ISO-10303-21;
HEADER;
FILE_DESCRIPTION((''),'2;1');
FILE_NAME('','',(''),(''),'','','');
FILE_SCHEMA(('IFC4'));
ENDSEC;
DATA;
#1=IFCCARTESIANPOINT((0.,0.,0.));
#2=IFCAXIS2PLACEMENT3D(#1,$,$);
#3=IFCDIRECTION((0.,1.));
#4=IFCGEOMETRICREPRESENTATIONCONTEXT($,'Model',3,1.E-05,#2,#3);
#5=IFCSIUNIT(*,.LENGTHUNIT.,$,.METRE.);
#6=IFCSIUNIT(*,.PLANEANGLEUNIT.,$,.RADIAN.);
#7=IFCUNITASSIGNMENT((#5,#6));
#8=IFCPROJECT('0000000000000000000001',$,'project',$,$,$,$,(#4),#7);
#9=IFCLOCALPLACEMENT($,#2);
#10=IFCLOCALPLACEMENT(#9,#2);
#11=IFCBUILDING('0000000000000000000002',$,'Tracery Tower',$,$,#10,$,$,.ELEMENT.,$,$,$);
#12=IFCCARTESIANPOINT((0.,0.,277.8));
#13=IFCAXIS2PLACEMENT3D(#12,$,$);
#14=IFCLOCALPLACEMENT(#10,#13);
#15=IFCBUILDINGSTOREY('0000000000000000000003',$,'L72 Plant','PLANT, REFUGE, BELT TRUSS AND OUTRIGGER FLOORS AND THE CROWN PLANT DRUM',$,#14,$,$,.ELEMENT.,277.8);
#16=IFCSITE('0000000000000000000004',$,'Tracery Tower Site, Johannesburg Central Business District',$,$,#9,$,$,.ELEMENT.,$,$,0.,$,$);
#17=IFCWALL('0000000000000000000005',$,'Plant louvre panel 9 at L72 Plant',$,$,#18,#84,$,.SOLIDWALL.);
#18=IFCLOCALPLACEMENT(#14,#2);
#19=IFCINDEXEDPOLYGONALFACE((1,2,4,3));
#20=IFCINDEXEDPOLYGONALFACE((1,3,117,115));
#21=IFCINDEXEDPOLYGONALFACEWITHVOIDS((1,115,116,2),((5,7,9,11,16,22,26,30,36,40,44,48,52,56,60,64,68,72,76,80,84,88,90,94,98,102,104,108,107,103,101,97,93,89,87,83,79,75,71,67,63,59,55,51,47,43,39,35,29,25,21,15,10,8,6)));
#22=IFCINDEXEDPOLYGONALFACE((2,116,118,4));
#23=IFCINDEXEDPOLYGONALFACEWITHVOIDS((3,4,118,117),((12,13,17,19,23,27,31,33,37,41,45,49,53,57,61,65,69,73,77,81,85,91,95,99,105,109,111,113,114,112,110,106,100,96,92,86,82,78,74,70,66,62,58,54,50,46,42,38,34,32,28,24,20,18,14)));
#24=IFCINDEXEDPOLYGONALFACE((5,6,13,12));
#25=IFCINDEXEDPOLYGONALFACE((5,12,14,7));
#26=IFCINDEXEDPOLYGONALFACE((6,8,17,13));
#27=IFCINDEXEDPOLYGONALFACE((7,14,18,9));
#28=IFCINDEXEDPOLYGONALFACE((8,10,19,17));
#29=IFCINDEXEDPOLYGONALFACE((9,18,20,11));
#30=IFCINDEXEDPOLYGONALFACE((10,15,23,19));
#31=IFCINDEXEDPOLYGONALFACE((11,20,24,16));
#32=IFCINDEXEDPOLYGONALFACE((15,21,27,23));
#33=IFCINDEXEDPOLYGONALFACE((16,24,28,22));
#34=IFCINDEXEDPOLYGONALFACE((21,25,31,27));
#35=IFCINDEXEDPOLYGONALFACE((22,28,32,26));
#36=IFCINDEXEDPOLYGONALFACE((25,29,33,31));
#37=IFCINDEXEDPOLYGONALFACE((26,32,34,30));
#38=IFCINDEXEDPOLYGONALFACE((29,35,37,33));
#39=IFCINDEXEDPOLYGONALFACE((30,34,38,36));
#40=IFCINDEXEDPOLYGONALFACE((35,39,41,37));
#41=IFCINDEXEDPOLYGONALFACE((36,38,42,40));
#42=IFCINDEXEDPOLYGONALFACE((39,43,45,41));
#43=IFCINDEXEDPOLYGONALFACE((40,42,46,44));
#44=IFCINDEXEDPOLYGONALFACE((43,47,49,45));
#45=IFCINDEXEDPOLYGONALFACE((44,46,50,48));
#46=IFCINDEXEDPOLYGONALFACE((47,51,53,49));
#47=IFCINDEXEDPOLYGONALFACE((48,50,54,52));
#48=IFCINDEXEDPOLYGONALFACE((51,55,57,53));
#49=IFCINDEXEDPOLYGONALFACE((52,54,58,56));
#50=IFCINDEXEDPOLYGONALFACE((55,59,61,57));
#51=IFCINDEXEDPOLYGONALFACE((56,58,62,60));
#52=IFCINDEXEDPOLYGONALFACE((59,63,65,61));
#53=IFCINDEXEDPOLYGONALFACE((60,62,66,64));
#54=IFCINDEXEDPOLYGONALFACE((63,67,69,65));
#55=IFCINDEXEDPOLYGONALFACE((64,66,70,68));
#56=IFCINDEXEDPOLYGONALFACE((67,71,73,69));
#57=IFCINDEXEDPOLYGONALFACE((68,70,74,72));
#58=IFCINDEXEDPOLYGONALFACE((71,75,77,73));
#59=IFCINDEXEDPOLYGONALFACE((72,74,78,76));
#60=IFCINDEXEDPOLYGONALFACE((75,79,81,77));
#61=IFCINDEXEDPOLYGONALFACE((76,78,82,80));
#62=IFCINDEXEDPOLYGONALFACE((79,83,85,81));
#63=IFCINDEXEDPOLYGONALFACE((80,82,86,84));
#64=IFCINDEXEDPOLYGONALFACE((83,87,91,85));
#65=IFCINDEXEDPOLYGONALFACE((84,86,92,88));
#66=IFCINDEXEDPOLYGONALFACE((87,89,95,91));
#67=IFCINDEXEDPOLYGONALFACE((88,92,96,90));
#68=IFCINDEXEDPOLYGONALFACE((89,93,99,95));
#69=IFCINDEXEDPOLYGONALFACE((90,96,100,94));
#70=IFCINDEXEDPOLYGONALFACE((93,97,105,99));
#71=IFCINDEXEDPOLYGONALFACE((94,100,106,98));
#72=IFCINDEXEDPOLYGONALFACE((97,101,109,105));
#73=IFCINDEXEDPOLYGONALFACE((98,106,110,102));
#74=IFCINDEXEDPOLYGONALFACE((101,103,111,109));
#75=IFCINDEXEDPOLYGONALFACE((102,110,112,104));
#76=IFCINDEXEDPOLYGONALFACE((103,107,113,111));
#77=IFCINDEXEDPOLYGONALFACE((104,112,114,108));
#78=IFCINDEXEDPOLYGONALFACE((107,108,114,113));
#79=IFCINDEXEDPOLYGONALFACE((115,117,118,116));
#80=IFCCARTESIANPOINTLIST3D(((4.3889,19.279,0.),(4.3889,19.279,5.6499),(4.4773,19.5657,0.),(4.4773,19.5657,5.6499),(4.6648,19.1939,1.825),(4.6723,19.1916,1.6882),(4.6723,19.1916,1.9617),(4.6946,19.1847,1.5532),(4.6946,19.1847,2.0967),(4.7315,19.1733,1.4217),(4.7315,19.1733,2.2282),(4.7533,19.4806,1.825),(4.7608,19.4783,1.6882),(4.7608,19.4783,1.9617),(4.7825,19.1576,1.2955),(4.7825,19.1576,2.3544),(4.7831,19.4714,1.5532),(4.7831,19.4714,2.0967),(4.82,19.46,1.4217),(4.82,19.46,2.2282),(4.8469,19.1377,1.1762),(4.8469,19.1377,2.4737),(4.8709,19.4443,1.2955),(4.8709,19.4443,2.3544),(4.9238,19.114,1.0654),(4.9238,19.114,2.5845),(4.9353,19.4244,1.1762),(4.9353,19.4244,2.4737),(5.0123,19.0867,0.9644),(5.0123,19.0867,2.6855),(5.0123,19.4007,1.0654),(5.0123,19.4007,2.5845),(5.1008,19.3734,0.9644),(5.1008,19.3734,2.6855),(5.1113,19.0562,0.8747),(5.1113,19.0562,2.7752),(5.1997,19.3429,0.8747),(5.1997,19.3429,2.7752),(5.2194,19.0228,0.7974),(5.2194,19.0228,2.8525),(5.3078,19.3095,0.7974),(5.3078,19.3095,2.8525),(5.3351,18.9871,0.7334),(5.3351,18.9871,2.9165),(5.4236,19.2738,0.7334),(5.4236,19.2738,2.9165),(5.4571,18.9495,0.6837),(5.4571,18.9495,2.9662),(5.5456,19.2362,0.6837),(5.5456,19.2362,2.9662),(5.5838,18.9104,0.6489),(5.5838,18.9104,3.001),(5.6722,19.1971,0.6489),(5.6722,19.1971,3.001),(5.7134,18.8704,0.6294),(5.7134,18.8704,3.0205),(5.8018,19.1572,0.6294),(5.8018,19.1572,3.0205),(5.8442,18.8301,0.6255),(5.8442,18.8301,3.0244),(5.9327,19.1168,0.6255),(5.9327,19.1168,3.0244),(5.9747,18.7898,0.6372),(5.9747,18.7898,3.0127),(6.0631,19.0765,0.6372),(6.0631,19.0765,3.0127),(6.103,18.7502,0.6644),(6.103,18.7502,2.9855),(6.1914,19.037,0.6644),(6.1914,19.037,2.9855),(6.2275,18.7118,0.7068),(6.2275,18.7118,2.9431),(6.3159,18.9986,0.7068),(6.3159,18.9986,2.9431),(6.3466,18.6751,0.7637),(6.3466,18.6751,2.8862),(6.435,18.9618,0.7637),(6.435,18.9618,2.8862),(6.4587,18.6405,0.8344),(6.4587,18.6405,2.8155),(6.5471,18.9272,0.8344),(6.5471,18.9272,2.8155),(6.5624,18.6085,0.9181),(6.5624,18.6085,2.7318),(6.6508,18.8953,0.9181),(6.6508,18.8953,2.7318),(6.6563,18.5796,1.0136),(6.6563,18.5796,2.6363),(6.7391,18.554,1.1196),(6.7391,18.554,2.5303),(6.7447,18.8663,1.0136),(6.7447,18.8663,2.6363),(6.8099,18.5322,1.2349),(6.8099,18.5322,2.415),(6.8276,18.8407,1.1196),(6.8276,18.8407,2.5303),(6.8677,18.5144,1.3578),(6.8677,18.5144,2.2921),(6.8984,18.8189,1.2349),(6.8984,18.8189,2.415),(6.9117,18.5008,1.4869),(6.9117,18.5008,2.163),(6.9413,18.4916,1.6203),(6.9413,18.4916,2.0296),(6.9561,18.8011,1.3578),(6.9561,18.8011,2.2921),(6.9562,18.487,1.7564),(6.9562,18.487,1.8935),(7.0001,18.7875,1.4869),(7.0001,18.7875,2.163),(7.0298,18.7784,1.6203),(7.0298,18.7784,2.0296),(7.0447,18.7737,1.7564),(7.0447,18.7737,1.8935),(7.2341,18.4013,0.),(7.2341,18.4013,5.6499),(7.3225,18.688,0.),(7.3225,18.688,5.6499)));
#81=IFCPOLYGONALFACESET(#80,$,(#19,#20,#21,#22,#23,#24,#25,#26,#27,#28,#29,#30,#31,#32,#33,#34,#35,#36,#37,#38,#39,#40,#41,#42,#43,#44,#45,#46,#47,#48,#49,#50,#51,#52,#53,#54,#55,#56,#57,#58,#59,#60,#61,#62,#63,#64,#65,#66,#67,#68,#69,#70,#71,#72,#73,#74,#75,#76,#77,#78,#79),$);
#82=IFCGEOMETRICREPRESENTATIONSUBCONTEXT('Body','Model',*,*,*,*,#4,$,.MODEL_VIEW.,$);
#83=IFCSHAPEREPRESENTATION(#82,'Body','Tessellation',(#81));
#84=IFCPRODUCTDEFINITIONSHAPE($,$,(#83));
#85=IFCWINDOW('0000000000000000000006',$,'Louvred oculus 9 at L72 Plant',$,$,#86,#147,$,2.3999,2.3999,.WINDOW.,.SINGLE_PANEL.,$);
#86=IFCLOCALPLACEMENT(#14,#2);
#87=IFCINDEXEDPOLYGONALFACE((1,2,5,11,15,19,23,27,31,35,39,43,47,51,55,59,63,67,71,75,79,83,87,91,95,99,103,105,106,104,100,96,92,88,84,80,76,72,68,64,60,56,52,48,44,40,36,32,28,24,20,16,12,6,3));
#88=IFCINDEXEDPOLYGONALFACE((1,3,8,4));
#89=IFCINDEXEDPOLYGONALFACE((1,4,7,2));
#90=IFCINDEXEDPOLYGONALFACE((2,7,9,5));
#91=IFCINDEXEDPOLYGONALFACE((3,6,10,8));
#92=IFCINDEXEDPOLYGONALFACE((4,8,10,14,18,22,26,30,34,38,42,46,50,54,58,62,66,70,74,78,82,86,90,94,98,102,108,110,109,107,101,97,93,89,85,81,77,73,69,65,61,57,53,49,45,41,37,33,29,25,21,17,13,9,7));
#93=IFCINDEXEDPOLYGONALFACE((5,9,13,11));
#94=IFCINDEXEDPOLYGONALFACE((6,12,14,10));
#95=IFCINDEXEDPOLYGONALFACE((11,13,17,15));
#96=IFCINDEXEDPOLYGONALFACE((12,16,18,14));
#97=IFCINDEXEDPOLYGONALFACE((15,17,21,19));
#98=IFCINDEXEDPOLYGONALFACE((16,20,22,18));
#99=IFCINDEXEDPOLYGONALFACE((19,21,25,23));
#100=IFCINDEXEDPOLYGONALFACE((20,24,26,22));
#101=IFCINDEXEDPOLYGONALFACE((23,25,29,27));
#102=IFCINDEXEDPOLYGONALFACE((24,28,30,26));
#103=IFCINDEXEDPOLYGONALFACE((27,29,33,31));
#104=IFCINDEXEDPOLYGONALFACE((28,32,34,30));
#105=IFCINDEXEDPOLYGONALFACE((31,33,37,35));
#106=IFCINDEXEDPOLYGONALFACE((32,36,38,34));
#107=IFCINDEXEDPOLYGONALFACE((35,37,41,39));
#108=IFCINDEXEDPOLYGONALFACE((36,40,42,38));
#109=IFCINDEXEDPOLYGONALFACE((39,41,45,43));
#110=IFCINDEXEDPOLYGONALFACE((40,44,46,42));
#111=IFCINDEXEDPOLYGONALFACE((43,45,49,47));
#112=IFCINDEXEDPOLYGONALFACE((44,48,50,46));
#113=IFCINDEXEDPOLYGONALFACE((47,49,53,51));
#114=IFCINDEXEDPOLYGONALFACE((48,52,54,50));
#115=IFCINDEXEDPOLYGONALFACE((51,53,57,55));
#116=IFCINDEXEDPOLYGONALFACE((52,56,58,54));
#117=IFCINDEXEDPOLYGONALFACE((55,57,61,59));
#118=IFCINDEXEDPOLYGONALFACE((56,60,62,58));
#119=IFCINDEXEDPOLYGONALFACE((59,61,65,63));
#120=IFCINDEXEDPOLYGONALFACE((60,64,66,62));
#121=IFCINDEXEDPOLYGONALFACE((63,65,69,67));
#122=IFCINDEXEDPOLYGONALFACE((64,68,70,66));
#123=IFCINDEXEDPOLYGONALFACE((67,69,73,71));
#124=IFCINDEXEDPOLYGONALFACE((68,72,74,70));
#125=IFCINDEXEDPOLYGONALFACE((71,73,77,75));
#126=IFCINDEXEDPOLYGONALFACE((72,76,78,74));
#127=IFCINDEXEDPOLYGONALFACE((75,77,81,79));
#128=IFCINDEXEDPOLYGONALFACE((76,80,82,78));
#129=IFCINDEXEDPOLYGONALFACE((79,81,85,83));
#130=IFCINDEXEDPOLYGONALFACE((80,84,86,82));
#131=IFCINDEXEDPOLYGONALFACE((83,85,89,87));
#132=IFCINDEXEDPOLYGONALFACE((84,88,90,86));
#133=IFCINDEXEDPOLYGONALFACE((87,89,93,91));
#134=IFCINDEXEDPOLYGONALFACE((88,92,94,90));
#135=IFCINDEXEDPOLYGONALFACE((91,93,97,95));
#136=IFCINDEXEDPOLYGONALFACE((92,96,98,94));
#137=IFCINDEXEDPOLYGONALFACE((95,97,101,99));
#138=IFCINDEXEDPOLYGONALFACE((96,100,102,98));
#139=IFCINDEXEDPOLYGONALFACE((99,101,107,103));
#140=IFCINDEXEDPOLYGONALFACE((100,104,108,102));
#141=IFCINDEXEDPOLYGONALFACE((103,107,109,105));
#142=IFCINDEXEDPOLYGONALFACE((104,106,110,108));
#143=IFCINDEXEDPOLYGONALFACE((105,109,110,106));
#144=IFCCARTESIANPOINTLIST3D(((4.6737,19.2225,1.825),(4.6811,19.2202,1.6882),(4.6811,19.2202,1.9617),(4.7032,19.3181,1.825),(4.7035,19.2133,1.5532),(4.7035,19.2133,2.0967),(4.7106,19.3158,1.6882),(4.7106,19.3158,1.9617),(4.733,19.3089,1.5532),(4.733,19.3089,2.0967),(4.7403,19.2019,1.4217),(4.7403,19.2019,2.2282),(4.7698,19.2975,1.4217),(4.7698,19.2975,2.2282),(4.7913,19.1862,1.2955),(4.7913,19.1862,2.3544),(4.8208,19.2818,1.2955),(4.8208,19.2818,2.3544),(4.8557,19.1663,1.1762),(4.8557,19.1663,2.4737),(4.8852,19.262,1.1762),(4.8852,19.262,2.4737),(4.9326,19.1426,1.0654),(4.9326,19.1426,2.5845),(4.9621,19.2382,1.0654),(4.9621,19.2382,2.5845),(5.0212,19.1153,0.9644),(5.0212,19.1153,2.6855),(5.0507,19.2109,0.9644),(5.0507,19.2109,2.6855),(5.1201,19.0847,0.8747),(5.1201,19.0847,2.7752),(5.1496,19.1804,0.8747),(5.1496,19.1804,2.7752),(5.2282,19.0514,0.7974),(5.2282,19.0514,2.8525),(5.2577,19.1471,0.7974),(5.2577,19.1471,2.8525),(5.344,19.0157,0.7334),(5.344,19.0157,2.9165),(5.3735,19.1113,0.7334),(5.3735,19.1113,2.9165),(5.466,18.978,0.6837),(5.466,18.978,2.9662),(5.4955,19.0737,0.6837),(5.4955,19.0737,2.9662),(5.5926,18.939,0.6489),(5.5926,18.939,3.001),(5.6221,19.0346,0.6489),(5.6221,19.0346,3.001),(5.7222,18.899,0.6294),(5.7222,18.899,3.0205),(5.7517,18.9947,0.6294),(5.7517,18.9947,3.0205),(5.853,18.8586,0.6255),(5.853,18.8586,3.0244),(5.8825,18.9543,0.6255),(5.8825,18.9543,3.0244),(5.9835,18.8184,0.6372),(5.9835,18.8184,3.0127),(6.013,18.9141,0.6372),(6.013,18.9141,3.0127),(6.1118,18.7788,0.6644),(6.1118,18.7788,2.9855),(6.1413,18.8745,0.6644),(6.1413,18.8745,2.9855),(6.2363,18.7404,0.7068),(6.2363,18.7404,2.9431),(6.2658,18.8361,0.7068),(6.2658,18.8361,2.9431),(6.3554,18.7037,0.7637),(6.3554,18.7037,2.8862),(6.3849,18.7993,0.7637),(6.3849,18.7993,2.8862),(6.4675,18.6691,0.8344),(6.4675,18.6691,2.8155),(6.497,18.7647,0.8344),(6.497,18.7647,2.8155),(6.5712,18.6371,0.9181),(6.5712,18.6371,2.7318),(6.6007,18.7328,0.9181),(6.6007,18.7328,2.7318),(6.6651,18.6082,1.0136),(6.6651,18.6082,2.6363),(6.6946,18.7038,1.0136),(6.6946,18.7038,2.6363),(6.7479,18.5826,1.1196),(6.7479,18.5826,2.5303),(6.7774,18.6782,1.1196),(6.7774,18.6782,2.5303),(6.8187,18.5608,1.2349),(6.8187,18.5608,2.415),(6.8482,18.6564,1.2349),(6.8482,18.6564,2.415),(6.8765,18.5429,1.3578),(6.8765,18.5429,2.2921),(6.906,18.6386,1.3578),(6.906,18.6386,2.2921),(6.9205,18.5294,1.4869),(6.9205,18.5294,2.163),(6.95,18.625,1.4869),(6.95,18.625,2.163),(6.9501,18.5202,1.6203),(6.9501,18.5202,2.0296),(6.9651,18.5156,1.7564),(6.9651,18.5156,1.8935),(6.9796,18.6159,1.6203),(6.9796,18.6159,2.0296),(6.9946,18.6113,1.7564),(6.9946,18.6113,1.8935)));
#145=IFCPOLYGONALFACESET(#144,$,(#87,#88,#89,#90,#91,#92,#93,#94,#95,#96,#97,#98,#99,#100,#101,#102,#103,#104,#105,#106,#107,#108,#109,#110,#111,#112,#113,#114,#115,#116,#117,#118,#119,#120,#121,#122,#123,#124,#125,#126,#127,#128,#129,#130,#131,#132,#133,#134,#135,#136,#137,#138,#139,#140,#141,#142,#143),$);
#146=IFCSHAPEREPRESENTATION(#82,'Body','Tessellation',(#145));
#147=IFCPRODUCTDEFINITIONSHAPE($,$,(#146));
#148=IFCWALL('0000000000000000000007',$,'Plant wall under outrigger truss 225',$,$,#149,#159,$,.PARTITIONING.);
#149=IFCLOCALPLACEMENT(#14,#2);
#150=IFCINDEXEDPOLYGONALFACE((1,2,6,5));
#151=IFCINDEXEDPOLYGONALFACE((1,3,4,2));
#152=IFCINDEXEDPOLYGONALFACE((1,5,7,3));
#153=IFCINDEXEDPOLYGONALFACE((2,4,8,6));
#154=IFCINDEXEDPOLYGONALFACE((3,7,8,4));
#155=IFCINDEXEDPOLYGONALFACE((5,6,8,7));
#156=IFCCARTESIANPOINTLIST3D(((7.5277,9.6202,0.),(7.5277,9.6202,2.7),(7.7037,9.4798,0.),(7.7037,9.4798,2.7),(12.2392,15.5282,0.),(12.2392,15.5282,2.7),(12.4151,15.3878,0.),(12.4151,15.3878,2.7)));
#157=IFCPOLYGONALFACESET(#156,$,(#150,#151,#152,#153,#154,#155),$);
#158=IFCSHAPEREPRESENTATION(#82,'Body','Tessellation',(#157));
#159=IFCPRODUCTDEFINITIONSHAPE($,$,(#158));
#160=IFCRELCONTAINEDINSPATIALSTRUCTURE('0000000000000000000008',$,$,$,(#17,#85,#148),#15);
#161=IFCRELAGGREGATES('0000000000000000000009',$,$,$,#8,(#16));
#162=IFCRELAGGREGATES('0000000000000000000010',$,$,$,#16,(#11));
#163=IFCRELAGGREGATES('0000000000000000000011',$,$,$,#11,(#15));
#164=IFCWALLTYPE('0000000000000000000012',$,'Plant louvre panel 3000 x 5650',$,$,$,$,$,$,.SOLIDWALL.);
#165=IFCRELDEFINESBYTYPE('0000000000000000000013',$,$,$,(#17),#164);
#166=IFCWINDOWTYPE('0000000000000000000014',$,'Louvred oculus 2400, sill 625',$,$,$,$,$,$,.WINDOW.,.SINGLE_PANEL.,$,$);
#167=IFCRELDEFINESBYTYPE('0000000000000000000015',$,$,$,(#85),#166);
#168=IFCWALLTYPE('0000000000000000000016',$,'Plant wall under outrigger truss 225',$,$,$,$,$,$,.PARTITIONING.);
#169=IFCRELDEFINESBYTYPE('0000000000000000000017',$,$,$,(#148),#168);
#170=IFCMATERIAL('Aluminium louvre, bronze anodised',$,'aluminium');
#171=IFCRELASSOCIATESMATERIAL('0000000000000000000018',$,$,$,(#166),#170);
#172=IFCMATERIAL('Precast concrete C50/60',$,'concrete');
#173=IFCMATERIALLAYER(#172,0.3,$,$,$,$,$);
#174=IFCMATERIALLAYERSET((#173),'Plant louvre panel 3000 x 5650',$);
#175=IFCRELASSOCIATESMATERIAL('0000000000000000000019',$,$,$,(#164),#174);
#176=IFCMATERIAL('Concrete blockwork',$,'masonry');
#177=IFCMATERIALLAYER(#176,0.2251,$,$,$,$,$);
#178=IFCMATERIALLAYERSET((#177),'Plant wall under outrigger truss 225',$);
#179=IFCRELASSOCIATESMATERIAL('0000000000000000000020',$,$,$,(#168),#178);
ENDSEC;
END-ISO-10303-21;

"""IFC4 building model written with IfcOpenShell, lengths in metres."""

from ifc_helpers import new_model, si_unit, direction, frame, frame_2d, origin, origin_2d, place, context, subcontext, project, spatial, rectangle, circle, extrude, material, layer, layer_set, type_object, element, fill, save


model = new_model("IFC4")

# Units and contexts
model_context = context("Model", 3, precision=1e-05, world=origin(), true_north=direction((0.0, 1.0)))
body_context = subcontext(model_context, "Body", "Model", "MODEL_VIEW")
ifc_project = project(units=[si_unit("LENGTHUNIT", "METRE"), si_unit("PLANEANGLEUNIT", "RADIAN")], contexts=[model_context])

# Site, building, storey
site_placement = place(None, origin())
site = spatial("IfcSite", under=ifc_project, at=site_placement, Name="Tracery Tower Site, Johannesburg Central Business District", CompositionType="ELEMENT", RefElevation=0.0)
building_placement = place(site_placement, origin())
building = spatial("IfcBuilding", under=site, at=building_placement, Name="Tracery Tower", CompositionType="ELEMENT")
storey_placement = place(building_placement, frame((0.0, 0.0, 277.8)))
storey = spatial("IfcBuildingStorey", under=building, at=storey_placement, Name="L72 Plant", Description="PLANT, REFUGE, BELT TRUSS AND OUTRIGGER FLOORS AND THE CROWN PLANT DRUM", CompositionType="ELEMENT", Elevation=277.8)

# Wall, opening, window
ifc_material_1 = material(Name="Aluminium louvre, bronze anodised", Category="aluminium")
window_type = type_object("IfcWindowType", Name="Louvred oculus 2400, sill 625", PartitioningType="SINGLE_PANEL", PredefinedType="WINDOW", material=ifc_material_1)
ifc_material_2 = material(Name="Precast concrete C50/60", Category="concrete")
ifc_layer_1 = layer(ifc_material_2, 0.3)
ifc_layer_set_1 = layer_set([ifc_layer_1], Name="Plant louvre panel 3000 x 5650")
wall_type_1 = type_object("IfcWallType", Name="Plant louvre panel 3000 x 5650", PredefinedType="SOLIDWALL", material=ifc_layer_set_1)
wall_1_placement = place(storey_placement, frame((7.2783, 18.5447, 0.0), z_axis=(0.0, 0.0, 1.0), x_axis=(-0.955568, 0.294771, 0.0)))
wall_1 = element("IfcWall", 1, at=wall_1_placement, inside=storey, type_object=wall_type_1, Name="Plant louvre panel 9 at L72 Plant", PredefinedType="SOLIDWALL", context=body_context, shape_type="SweptSolid", body=[
    extrude(rectangle(XDim=2.9775, YDim=0.3, at=frame_2d((1.4888, 0.0))), origin(), (0.0, 0.0, 1.0), 5.6499),
])
opening_1_placement = place(wall_1_placement, frame((1.4888, 0.0, 1.825)))
opening_1 = element("IfcOpeningElement", 2, at=opening_1_placement, cuts=wall_1, PredefinedType="OPENING", context=body_context, shape_type="SweptSolid", body=[
    extrude(circle(Radius=1.2, at=origin_2d()), frame((0.0, 0.1599, 0.0), z_axis=(0.0, -1.0, 0.0), x_axis=(1.0, 0.0, 0.0)), (0.0, 0.0, 1.0), 0.3201),
])
window_1_placement = place(opening_1_placement, origin())
window_1 = element("IfcWindow", 3, at=window_1_placement, inside=storey, type_object=window_type, Name="Louvred oculus 9 at L72 Plant", OverallHeight=2.3999, OverallWidth=2.3999, PartitioningType="SINGLE_PANEL", PredefinedType="WINDOW", context=body_context, shape_type="SweptSolid", body=[
    extrude(circle(Radius=1.2, at=origin_2d()), frame((0.0, 0.1201, 0.0), z_axis=(0.0, -1.0, 0.0), x_axis=(1.0, 0.0, 0.0)), (0.0, 0.0, 1.0), 0.1001),
])
fill(opening_1, window_1)

# Wall
ifc_material_3 = material(Name="Concrete blockwork", Category="masonry")
ifc_layer_2 = layer(ifc_material_3, 0.2251)
ifc_layer_set_2 = layer_set([ifc_layer_2], Name="Plant wall under outrigger truss 225")
wall_type_2 = type_object("IfcWallType", Name="Plant wall under outrigger truss 225", PredefinedType="PARTITIONING", material=ifc_layer_set_2)
wall_2_placement = place(storey_placement, frame((12.3271, 15.458, 0.0), z_axis=(0.0, 0.0, 1.0), x_axis=(-0.623489, -0.781832, 0.0)))
element("IfcWall", 4, at=wall_2_placement, inside=storey, type_object=wall_type_2, Name="Plant wall under outrigger truss 225", PredefinedType="PARTITIONING", context=body_context, shape_type="SweptSolid", body=[
    extrude(rectangle(XDim=7.5566, YDim=0.2251, at=frame_2d((3.7783, 0.0))), origin(), (0.0, 0.0, 1.0), 2.7),
])

save(model, "model.ifc")
